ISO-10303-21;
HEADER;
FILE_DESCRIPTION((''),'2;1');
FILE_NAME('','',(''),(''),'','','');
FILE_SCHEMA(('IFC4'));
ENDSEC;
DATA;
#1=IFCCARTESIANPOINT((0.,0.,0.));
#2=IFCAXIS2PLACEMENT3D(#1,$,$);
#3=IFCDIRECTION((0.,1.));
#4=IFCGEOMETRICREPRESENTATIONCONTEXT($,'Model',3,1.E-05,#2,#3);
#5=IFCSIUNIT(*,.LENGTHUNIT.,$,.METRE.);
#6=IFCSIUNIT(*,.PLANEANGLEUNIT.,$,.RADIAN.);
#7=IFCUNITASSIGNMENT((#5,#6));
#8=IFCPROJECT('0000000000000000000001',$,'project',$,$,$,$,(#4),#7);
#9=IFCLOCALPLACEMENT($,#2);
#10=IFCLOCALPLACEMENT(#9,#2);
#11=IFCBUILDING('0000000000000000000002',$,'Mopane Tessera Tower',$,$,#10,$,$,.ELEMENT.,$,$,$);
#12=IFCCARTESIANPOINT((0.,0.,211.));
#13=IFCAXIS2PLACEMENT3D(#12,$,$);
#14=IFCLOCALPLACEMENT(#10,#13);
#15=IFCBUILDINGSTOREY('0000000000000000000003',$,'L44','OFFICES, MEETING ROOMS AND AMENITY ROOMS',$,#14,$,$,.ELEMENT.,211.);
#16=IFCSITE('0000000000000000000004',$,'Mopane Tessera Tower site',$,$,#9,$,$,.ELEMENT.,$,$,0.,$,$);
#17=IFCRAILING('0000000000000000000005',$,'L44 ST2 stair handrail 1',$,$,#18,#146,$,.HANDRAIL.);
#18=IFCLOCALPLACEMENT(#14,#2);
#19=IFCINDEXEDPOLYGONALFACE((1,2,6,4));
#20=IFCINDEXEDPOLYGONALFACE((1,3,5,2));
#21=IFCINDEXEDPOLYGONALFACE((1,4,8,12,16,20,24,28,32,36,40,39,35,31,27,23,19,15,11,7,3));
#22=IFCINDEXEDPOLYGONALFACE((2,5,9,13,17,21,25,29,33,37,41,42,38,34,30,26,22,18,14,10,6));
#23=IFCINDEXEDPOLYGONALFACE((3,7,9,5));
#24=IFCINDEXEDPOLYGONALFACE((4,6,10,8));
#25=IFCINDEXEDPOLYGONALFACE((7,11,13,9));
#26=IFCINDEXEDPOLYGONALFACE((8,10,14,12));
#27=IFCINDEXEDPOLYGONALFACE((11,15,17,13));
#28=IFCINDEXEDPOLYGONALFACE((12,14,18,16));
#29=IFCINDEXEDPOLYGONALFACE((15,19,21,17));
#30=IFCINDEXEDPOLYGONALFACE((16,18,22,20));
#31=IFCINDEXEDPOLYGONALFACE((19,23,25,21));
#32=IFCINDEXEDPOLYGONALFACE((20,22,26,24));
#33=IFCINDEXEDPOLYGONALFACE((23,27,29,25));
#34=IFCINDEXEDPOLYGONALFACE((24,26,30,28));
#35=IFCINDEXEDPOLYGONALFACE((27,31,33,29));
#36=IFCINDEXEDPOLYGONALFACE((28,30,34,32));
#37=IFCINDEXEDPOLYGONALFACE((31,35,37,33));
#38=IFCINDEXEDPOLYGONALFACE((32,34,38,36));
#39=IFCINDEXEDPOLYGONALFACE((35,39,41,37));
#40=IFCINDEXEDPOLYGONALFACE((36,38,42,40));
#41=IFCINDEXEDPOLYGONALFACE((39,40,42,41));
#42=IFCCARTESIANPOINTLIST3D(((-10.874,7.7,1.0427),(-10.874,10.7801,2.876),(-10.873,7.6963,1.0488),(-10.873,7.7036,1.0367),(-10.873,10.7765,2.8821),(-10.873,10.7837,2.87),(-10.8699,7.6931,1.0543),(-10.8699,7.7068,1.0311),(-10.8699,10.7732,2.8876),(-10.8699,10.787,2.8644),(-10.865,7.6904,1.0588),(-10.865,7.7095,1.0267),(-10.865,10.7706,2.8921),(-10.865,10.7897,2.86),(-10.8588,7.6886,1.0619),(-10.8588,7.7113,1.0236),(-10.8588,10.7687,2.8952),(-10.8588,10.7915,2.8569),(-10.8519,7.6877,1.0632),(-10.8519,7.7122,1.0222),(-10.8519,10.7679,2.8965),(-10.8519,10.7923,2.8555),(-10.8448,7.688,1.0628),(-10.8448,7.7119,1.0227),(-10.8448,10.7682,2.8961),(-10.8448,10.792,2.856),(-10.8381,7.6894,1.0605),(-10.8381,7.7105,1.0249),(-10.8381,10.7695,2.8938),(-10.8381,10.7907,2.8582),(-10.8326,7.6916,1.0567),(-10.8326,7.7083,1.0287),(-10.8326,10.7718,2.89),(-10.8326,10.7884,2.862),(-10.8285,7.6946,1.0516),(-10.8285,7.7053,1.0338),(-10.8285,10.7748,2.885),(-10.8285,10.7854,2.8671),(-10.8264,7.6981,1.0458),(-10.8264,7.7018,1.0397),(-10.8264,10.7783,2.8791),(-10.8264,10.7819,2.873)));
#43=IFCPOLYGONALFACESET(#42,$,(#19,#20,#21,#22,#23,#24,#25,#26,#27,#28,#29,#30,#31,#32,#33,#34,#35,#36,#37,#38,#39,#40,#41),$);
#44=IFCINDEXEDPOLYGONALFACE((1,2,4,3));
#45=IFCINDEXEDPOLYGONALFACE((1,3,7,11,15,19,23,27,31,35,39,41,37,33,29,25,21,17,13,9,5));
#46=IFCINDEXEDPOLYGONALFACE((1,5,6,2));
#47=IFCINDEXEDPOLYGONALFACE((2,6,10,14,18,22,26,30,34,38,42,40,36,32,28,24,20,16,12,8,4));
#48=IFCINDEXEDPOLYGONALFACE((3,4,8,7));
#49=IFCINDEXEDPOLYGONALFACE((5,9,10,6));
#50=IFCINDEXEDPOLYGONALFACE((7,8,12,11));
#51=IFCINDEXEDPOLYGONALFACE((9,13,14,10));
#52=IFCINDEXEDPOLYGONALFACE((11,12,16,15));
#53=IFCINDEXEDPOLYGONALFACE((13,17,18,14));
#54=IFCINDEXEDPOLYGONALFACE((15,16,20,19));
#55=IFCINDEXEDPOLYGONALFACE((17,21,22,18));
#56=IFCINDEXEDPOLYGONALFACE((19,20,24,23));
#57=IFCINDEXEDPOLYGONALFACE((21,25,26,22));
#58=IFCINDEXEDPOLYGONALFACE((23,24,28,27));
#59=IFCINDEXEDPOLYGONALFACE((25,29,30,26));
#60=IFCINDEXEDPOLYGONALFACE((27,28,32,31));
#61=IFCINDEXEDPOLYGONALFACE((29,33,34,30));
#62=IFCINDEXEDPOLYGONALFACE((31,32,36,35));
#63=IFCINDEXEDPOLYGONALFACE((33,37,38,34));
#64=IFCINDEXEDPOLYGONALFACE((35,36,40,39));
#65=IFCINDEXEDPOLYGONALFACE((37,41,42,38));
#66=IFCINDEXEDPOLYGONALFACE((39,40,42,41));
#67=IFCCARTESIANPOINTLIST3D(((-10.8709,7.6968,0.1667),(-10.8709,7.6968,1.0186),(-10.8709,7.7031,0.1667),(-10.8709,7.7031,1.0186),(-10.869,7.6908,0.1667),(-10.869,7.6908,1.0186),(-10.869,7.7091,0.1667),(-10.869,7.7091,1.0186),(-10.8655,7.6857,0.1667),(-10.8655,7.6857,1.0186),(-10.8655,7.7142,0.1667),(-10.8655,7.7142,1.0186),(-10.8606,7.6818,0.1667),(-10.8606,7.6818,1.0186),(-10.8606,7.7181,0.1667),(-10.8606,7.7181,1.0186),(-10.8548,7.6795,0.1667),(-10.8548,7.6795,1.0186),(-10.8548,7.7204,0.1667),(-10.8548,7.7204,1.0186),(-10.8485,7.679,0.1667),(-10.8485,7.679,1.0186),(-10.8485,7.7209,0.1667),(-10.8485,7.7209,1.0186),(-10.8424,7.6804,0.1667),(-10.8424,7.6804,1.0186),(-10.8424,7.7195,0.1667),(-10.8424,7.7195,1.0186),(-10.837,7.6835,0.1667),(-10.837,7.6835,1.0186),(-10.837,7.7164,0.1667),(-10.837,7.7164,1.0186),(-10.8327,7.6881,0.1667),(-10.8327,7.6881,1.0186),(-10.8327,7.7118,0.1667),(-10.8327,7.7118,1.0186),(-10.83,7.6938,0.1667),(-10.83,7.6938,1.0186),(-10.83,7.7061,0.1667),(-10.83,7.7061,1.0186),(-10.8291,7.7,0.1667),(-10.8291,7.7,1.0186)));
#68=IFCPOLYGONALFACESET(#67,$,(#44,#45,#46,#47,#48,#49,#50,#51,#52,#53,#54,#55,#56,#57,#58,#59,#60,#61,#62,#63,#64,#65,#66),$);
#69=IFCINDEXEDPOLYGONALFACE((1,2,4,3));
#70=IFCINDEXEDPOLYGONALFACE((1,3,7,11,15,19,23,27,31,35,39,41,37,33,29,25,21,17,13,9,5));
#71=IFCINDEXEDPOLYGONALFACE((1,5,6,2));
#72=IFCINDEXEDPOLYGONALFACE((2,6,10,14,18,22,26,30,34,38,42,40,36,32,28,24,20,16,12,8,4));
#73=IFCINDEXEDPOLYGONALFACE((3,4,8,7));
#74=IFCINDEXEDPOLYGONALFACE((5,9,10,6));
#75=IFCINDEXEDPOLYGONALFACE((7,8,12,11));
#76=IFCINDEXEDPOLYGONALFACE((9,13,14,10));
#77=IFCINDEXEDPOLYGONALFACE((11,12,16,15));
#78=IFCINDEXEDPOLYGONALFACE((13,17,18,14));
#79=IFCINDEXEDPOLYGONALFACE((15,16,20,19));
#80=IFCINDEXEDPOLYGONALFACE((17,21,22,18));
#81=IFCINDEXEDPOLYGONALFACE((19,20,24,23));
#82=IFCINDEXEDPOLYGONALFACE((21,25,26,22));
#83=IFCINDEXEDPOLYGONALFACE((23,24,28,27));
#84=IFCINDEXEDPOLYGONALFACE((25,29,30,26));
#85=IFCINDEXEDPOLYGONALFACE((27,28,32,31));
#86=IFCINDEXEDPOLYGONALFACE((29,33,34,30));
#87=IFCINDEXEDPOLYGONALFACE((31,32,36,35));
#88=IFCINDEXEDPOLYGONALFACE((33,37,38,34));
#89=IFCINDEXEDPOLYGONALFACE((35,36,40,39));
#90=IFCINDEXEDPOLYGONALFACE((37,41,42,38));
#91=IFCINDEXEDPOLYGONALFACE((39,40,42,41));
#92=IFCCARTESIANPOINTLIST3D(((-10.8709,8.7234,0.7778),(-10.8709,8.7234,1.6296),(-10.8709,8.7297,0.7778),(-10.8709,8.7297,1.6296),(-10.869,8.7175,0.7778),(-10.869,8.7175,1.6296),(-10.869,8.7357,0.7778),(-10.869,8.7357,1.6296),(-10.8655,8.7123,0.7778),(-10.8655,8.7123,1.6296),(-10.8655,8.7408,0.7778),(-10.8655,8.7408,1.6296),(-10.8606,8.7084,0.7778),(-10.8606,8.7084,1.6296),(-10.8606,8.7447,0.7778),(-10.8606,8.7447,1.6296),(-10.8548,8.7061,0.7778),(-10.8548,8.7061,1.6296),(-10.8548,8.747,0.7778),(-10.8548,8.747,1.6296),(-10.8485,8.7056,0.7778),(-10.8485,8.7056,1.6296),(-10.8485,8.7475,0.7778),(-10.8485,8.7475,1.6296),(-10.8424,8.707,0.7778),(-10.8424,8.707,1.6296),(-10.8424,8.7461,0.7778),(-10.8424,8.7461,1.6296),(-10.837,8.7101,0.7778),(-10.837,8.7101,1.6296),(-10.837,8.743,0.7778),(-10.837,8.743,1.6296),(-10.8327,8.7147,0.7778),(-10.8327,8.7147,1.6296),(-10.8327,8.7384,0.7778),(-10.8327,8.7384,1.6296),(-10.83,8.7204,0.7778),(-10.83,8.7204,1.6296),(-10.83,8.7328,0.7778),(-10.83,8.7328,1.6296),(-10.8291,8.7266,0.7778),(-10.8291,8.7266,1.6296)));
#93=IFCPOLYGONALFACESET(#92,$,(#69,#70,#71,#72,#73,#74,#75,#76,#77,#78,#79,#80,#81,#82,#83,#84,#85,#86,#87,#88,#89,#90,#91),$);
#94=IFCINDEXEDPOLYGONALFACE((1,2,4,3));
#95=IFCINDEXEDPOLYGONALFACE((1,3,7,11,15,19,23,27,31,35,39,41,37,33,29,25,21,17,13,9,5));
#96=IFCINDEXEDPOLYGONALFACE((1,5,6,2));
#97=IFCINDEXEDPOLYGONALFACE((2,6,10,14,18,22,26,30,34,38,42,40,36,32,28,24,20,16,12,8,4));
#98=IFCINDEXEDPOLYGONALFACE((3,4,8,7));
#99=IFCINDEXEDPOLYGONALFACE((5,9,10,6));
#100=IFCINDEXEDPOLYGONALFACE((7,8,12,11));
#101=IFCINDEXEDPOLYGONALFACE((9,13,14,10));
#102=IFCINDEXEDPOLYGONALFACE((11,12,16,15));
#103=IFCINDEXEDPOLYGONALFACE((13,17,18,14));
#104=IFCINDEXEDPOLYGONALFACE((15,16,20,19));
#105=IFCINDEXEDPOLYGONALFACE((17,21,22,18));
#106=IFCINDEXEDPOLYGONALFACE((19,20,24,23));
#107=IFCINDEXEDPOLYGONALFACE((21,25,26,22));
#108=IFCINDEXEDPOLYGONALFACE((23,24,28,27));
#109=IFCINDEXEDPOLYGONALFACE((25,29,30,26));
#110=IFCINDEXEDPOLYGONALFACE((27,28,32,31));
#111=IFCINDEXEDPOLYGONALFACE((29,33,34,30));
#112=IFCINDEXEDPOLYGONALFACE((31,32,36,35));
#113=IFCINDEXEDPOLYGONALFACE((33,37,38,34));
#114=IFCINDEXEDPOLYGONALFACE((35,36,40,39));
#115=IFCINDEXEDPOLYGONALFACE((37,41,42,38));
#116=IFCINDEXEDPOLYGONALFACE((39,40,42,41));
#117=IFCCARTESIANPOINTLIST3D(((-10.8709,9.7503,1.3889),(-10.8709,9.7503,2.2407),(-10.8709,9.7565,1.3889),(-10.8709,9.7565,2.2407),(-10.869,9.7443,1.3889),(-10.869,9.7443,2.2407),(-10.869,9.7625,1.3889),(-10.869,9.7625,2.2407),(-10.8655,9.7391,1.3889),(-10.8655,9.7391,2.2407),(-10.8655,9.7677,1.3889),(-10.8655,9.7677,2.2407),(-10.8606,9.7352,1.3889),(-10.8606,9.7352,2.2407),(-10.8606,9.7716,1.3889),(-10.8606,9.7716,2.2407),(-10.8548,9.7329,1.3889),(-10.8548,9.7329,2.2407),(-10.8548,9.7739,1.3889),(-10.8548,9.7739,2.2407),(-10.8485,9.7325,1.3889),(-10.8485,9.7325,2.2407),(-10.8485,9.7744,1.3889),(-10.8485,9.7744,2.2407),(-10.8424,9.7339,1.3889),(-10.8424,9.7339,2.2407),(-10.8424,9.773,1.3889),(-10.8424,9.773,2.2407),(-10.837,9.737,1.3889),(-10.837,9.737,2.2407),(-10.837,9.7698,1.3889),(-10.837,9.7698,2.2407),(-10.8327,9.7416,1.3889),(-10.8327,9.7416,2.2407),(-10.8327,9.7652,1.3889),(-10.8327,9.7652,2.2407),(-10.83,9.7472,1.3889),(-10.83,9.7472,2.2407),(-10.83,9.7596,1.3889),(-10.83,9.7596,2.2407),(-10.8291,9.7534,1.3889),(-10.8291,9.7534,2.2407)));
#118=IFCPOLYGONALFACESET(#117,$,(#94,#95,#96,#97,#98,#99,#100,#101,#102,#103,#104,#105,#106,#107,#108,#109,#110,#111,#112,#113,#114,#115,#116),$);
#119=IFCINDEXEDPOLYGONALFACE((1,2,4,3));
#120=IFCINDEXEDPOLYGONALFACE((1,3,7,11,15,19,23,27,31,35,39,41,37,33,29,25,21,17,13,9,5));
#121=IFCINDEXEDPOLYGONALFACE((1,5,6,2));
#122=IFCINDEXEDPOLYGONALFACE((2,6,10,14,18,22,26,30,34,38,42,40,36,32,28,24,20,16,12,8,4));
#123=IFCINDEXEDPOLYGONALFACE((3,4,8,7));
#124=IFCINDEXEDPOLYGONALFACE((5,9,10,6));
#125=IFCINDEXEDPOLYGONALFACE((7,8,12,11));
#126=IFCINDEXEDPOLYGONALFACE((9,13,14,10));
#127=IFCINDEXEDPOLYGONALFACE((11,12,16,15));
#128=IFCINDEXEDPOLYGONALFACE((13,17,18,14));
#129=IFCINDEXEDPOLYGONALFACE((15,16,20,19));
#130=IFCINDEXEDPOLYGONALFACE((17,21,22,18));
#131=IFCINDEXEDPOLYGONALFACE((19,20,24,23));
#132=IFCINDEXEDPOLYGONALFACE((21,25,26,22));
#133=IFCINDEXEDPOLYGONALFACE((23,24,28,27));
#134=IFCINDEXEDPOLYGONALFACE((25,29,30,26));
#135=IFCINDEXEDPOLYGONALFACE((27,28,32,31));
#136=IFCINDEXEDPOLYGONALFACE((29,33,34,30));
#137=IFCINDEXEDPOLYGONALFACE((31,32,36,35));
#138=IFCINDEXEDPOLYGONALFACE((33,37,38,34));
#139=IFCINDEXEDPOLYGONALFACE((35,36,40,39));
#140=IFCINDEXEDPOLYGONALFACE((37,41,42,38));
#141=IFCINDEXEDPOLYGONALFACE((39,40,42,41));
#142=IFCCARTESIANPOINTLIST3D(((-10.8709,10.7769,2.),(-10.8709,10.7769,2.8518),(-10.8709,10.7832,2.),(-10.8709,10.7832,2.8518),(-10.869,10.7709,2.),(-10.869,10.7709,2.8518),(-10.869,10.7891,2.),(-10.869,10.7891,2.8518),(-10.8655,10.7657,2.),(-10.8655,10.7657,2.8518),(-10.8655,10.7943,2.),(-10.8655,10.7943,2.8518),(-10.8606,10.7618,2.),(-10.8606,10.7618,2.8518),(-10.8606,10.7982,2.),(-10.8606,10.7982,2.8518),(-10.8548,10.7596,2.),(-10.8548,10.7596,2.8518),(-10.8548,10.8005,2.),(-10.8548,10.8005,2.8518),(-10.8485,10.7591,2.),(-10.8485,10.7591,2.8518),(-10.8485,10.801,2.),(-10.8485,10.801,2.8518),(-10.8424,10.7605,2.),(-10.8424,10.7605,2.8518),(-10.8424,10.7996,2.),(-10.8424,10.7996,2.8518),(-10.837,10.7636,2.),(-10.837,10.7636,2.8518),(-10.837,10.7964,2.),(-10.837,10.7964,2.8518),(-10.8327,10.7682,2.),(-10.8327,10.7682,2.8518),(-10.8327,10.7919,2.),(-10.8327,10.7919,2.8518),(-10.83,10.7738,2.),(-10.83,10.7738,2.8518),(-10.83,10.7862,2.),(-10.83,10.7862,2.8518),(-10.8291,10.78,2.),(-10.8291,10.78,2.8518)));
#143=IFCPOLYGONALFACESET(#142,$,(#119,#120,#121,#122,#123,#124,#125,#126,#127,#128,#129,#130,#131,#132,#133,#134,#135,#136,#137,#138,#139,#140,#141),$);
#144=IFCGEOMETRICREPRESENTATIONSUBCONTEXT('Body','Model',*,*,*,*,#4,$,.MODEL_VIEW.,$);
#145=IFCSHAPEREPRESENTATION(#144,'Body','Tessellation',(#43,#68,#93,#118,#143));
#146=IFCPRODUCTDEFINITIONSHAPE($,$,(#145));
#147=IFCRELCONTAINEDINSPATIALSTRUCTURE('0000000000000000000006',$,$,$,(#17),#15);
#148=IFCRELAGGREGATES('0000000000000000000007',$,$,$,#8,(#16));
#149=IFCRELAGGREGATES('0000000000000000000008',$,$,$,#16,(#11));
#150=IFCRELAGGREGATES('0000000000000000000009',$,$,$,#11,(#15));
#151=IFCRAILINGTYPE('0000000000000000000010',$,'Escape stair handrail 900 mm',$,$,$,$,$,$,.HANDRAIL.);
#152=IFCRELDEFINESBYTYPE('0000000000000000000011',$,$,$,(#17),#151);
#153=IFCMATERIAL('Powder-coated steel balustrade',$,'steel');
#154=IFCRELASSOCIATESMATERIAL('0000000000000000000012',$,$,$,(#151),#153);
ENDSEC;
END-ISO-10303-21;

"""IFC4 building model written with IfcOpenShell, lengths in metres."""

from ifc_helpers import new_model, si_unit, direction, frame, origin, origin_2d, place, context, subcontext, project, spatial, circle, extrude, material, type_object, element, save


model = new_model("IFC4")

# Units and contexts
model_context = context("Model", 3, precision=1e-05, world=origin(), true_north=direction((0.0, 1.0)))
body_context = subcontext(model_context, "Body", "Model", "MODEL_VIEW")
ifc_project = project(units=[si_unit("LENGTHUNIT", "METRE"), si_unit("PLANEANGLEUNIT", "RADIAN")], contexts=[model_context])

# Site, building, storey
site_placement = place(None, origin())
site = spatial("IfcSite", under=ifc_project, at=site_placement, Name="Mopane Tessera Tower site", CompositionType="ELEMENT", RefElevation=0.0)
building_placement = place(site_placement, origin())
building = spatial("IfcBuilding", under=site, at=building_placement, Name="Mopane Tessera Tower", CompositionType="ELEMENT")
storey_placement = place(building_placement, frame((0.0, 0.0, 211.0)))
storey = spatial("IfcBuildingStorey", under=building, at=storey_placement, Name="L44", Description="OFFICES, MEETING ROOMS AND AMENITY ROOMS", CompositionType="ELEMENT", Elevation=211.0)

# Railing
ifc_material_1 = material(Name="Powder-coated steel balustrade", Category="steel")
railing_type_1 = type_object("IfcRailingType", Name="Escape stair handrail 900 mm", PredefinedType="HANDRAIL", material=ifc_material_1)
railing_1_placement = place(storey_placement, frame((-10.8501, 7.7, 0.1667)))
element("IfcRailing", 1, at=railing_1_placement, inside=storey, type_object=railing_type_1, Name="L44 ST2 stair handrail 1", PredefinedType="HANDRAIL", context=body_context, shape_type="SweptSolid", body=[
    extrude(circle(Radius=0.0239, at=origin_2d()), frame((0.0, 0.0, 0.876), z_axis=(0.0, 0.859309, 0.511458), x_axis=(-1.0, 0.0, 0.0)), (0.0, 0.0, 1.0), 3.5845),
    extrude(circle(Radius=0.021, at=origin_2d()), origin(), (0.0, 0.0, 1.0), 0.8518),
    extrude(circle(Radius=0.021, at=origin_2d()), frame((0.0, 1.0266, 0.6111)), (0.0, 0.0, 1.0), 0.8518),
    extrude(circle(Radius=0.021, at=origin_2d()), frame((0.0, 2.0535, 1.2222)), (0.0, 0.0, 1.0), 0.8518),
    extrude(circle(Radius=0.021, at=origin_2d()), frame((0.0, 3.0801, 1.8333)), (0.0, 0.0, 1.0), 0.8518),
])

save(model, "model.ifc")
